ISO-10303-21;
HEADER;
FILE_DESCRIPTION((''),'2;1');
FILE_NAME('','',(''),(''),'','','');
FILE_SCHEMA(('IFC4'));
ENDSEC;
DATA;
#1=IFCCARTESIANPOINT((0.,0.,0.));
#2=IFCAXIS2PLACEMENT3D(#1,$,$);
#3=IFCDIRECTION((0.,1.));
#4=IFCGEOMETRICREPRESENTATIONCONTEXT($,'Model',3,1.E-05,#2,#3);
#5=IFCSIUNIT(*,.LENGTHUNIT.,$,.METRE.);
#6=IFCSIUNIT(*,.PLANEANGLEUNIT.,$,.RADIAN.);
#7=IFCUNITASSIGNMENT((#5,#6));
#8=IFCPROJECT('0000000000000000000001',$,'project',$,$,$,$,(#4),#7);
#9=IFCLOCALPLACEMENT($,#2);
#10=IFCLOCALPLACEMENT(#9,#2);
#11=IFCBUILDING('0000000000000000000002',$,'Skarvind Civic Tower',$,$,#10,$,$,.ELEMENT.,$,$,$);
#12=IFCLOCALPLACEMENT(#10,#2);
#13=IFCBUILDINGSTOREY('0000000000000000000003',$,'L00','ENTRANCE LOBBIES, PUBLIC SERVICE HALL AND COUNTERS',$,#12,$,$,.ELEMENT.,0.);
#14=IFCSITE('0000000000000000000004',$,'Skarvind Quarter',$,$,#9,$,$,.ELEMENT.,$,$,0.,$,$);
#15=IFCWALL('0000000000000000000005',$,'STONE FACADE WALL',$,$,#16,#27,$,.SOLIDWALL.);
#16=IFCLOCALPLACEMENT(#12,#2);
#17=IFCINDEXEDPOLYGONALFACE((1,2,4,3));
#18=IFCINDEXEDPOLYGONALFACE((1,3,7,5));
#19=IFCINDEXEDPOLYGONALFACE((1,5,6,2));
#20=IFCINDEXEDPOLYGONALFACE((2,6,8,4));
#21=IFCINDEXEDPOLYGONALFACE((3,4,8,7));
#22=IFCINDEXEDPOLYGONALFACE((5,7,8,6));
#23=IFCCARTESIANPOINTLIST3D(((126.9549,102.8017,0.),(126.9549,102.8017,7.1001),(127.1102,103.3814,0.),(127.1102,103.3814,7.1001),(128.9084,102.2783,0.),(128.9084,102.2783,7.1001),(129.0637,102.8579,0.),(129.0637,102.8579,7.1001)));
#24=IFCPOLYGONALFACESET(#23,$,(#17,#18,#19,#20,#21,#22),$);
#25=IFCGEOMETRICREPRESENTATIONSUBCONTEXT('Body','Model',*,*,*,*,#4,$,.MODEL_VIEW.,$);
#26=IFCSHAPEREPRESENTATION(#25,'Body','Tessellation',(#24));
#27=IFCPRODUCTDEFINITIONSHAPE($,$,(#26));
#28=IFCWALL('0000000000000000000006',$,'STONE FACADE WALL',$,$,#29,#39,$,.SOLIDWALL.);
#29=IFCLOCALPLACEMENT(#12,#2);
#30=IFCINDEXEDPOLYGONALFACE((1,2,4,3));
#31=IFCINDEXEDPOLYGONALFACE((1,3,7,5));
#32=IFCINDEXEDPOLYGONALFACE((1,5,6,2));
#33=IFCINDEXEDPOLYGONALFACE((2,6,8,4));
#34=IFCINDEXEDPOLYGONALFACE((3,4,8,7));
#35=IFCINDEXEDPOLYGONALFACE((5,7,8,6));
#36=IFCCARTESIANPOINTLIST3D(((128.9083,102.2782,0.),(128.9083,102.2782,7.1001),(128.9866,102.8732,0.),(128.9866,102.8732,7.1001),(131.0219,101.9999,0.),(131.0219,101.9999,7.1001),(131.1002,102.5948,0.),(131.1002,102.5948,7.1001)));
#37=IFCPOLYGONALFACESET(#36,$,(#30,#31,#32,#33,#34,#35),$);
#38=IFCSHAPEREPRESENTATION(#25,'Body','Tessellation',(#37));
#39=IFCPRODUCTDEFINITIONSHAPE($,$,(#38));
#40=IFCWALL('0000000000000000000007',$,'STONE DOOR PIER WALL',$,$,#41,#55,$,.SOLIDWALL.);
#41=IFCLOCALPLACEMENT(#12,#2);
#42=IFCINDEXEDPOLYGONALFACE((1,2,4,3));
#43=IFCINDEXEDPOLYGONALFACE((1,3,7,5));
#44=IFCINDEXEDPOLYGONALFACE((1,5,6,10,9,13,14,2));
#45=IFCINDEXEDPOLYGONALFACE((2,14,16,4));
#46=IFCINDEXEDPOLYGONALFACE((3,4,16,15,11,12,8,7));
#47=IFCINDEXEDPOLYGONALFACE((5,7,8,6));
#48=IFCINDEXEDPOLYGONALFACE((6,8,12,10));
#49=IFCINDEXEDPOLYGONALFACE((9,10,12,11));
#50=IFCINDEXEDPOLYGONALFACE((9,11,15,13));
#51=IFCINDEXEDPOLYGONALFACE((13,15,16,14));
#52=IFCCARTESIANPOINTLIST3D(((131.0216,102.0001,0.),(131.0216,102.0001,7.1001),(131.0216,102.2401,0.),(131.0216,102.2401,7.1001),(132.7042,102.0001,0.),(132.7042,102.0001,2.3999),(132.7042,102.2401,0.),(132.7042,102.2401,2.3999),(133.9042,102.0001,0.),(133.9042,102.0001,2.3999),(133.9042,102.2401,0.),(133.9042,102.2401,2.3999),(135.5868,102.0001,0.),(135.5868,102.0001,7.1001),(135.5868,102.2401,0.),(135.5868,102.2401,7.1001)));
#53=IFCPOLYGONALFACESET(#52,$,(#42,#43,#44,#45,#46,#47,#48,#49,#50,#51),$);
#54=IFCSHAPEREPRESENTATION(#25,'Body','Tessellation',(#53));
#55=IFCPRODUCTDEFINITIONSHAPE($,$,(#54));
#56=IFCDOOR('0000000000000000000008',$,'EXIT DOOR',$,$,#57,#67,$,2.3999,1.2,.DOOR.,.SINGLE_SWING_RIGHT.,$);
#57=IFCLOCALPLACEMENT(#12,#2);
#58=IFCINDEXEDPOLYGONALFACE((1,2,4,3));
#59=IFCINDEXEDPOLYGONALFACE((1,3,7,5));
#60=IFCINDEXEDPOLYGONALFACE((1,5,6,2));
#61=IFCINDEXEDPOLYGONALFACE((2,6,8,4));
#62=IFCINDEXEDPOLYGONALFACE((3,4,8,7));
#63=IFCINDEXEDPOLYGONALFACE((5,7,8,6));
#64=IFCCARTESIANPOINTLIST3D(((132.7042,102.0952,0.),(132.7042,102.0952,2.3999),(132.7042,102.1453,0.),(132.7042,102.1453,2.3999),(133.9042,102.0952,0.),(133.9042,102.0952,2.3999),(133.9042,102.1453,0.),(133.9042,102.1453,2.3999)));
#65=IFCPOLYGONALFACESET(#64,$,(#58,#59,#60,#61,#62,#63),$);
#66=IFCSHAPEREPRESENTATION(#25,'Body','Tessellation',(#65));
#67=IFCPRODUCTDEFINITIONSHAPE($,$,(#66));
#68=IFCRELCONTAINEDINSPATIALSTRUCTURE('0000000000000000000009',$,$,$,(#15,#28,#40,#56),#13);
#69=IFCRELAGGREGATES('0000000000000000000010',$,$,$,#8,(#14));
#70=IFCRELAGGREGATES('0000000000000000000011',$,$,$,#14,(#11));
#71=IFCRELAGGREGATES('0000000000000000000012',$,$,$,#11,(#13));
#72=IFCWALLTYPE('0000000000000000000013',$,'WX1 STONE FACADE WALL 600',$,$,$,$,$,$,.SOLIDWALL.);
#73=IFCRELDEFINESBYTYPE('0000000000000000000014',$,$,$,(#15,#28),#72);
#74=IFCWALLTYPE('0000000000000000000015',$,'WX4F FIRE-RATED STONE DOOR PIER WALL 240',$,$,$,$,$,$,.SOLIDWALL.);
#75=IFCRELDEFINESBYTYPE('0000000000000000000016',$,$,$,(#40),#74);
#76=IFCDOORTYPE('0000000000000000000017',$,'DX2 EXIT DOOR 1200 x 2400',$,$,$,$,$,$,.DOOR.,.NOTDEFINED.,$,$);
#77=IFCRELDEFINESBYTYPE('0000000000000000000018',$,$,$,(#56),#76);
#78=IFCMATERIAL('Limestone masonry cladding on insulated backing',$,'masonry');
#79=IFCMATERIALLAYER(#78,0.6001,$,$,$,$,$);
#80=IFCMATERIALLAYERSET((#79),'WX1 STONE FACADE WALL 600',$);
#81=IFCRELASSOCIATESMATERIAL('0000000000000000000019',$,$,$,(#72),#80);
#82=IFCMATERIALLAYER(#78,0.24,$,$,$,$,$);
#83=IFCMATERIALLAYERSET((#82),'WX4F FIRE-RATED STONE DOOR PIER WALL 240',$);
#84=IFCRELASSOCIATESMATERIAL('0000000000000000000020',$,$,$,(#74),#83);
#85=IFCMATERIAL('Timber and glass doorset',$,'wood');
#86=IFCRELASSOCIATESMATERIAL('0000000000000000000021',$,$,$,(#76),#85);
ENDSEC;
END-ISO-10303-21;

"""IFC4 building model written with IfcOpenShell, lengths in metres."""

from ifc_helpers import new_model, si_unit, direction, frame, frame_2d, origin, place, context, subcontext, project, spatial, rectangle, extrude, material, layer, layer_set, type_object, element, fill, save


model = new_model("IFC4")

# Units and contexts
model_context = context("Model", 3, precision=1e-05, world=origin(), true_north=direction((0.0, 1.0)))
body_context = subcontext(model_context, "Body", "Model", "MODEL_VIEW")
ifc_project = project(units=[si_unit("LENGTHUNIT", "METRE"), si_unit("PLANEANGLEUNIT", "RADIAN")], contexts=[model_context])

# Site, building, storey
site_placement = place(None, origin())
site = spatial("IfcSite", under=ifc_project, at=site_placement, Name="Skarvind Quarter", CompositionType="ELEMENT", RefElevation=0.0)
building_placement = place(site_placement, origin())
building = spatial("IfcBuilding", under=site, at=building_placement, Name="Skarvind Civic Tower", CompositionType="ELEMENT")
storey_placement = place(building_placement, origin())
storey = spatial("IfcBuildingStorey", under=building, at=storey_placement, Name="L00", Description="ENTRANCE LOBBIES, PUBLIC SERVICE HALL AND COUNTERS", CompositionType="ELEMENT", Elevation=0.0)

# Walls
ifc_material_1 = material(Name="Limestone masonry cladding on insulated backing", Category="masonry")
ifc_layer_1 = layer(ifc_material_1, 0.6001)
ifc_layer_set_1 = layer_set([ifc_layer_1], Name="WX1 STONE FACADE WALL 600")
wall_type_1 = type_object("IfcWallType", Name="WX1 STONE FACADE WALL 600", PredefinedType="SOLIDWALL", material=ifc_layer_set_1)
wall_1_placement = place(storey_placement, frame((128.9861, 102.5681, 0.0), z_axis=(0.0, 0.0, 1.0), x_axis=(-0.96593, 0.258804, 0.0)))
element("IfcWall", 1, at=wall_1_placement, inside=storey, type_object=wall_type_1, Name="STONE FACADE WALL", PredefinedType="SOLIDWALL", context=body_context, shape_type="SweptSolid", body=[
    extrude(rectangle(XDim=2.0225, YDim=0.6001, at=frame_2d((1.0112, 0.0))), origin(), (0.0, 0.0, 1.0), 7.1001),
])
wall_2_placement = place(storey_placement, frame((131.061, 102.2974, 0.0), z_axis=(0.0, 0.0, 1.0), x_axis=(-0.991441, 0.130558, 0.0)))
element("IfcWall", 2, at=wall_2_placement, inside=storey, type_object=wall_type_1, Name="STONE FACADE WALL", PredefinedType="SOLIDWALL", context=body_context, shape_type="SweptSolid", body=[
    extrude(rectangle(XDim=2.1318, YDim=0.6001, at=frame_2d((1.0659, 0.0))), origin(), (0.0, 0.0, 1.0), 7.1001),
])

# Wall, opening, door
ifc_layer_2 = layer(ifc_material_1, 0.24)
ifc_layer_set_2 = layer_set([ifc_layer_2], Name="WX4F FIRE-RATED STONE DOOR PIER WALL 240")
wall_type_2 = type_object("IfcWallType", Name="WX4F FIRE-RATED STONE DOOR PIER WALL 240", PredefinedType="SOLIDWALL", material=ifc_layer_set_2)
wall_3_placement = place(storey_placement, frame((135.5869, 102.1201, 0.0), z_axis=(0.0, 0.0, 1.0), x_axis=(-1.0, 0.0, 0.0)))
wall_3 = element("IfcWall", 3, at=wall_3_placement, inside=storey, type_object=wall_type_2, Name="STONE DOOR PIER WALL", PredefinedType="SOLIDWALL", context=body_context, shape_type="SweptSolid", body=[
    extrude(rectangle(XDim=4.5652, YDim=0.24, at=frame_2d((2.2827, 0.0))), origin(), (0.0, 0.0, 1.0), 7.1001),
])
opening_placement = place(wall_3_placement, frame((1.6826, 0.0, 0.0)))
opening = element("IfcOpeningElement", 4, at=opening_placement, cuts=wall_3, PredefinedType="OPENING", context=body_context, shape_type="SweptSolid", body=[
    extrude(rectangle(XDim=1.2, YDim=2.3999, at=frame_2d((0.6001, 1.2))), frame((0.0, 0.1299, 0.0), z_axis=(0.0, -1.0, 0.0), x_axis=(1.0, 0.0, 0.0)), (0.0, 0.0, 1.0), 0.26),
])
ifc_material_2 = material(Name="Timber and glass doorset", Category="wood")
door_type = type_object("IfcDoorType", Name="DX2 EXIT DOOR 1200 x 2400", OperationType="NOTDEFINED", PredefinedType="DOOR", material=ifc_material_2)
door_placement = place(opening_placement, origin())
door = element("IfcDoor", 5, at=door_placement, inside=storey, type_object=door_type, Name="EXIT DOOR", OperationType="SINGLE_SWING_RIGHT", OverallHeight=2.3999, OverallWidth=1.2, PredefinedType="DOOR", context=body_context, shape_type="SweptSolid", body=[
    extrude(rectangle(XDim=1.2, YDim=2.3999, at=frame_2d((0.6001, 1.2))), frame((0.0, 0.0249, 0.0), z_axis=(0.0, -1.0, 0.0), x_axis=(1.0, 0.0, 0.0)), (0.0, 0.0, 1.0), 0.05),
])
fill(opening, door)

save(model, "model.ifc")
